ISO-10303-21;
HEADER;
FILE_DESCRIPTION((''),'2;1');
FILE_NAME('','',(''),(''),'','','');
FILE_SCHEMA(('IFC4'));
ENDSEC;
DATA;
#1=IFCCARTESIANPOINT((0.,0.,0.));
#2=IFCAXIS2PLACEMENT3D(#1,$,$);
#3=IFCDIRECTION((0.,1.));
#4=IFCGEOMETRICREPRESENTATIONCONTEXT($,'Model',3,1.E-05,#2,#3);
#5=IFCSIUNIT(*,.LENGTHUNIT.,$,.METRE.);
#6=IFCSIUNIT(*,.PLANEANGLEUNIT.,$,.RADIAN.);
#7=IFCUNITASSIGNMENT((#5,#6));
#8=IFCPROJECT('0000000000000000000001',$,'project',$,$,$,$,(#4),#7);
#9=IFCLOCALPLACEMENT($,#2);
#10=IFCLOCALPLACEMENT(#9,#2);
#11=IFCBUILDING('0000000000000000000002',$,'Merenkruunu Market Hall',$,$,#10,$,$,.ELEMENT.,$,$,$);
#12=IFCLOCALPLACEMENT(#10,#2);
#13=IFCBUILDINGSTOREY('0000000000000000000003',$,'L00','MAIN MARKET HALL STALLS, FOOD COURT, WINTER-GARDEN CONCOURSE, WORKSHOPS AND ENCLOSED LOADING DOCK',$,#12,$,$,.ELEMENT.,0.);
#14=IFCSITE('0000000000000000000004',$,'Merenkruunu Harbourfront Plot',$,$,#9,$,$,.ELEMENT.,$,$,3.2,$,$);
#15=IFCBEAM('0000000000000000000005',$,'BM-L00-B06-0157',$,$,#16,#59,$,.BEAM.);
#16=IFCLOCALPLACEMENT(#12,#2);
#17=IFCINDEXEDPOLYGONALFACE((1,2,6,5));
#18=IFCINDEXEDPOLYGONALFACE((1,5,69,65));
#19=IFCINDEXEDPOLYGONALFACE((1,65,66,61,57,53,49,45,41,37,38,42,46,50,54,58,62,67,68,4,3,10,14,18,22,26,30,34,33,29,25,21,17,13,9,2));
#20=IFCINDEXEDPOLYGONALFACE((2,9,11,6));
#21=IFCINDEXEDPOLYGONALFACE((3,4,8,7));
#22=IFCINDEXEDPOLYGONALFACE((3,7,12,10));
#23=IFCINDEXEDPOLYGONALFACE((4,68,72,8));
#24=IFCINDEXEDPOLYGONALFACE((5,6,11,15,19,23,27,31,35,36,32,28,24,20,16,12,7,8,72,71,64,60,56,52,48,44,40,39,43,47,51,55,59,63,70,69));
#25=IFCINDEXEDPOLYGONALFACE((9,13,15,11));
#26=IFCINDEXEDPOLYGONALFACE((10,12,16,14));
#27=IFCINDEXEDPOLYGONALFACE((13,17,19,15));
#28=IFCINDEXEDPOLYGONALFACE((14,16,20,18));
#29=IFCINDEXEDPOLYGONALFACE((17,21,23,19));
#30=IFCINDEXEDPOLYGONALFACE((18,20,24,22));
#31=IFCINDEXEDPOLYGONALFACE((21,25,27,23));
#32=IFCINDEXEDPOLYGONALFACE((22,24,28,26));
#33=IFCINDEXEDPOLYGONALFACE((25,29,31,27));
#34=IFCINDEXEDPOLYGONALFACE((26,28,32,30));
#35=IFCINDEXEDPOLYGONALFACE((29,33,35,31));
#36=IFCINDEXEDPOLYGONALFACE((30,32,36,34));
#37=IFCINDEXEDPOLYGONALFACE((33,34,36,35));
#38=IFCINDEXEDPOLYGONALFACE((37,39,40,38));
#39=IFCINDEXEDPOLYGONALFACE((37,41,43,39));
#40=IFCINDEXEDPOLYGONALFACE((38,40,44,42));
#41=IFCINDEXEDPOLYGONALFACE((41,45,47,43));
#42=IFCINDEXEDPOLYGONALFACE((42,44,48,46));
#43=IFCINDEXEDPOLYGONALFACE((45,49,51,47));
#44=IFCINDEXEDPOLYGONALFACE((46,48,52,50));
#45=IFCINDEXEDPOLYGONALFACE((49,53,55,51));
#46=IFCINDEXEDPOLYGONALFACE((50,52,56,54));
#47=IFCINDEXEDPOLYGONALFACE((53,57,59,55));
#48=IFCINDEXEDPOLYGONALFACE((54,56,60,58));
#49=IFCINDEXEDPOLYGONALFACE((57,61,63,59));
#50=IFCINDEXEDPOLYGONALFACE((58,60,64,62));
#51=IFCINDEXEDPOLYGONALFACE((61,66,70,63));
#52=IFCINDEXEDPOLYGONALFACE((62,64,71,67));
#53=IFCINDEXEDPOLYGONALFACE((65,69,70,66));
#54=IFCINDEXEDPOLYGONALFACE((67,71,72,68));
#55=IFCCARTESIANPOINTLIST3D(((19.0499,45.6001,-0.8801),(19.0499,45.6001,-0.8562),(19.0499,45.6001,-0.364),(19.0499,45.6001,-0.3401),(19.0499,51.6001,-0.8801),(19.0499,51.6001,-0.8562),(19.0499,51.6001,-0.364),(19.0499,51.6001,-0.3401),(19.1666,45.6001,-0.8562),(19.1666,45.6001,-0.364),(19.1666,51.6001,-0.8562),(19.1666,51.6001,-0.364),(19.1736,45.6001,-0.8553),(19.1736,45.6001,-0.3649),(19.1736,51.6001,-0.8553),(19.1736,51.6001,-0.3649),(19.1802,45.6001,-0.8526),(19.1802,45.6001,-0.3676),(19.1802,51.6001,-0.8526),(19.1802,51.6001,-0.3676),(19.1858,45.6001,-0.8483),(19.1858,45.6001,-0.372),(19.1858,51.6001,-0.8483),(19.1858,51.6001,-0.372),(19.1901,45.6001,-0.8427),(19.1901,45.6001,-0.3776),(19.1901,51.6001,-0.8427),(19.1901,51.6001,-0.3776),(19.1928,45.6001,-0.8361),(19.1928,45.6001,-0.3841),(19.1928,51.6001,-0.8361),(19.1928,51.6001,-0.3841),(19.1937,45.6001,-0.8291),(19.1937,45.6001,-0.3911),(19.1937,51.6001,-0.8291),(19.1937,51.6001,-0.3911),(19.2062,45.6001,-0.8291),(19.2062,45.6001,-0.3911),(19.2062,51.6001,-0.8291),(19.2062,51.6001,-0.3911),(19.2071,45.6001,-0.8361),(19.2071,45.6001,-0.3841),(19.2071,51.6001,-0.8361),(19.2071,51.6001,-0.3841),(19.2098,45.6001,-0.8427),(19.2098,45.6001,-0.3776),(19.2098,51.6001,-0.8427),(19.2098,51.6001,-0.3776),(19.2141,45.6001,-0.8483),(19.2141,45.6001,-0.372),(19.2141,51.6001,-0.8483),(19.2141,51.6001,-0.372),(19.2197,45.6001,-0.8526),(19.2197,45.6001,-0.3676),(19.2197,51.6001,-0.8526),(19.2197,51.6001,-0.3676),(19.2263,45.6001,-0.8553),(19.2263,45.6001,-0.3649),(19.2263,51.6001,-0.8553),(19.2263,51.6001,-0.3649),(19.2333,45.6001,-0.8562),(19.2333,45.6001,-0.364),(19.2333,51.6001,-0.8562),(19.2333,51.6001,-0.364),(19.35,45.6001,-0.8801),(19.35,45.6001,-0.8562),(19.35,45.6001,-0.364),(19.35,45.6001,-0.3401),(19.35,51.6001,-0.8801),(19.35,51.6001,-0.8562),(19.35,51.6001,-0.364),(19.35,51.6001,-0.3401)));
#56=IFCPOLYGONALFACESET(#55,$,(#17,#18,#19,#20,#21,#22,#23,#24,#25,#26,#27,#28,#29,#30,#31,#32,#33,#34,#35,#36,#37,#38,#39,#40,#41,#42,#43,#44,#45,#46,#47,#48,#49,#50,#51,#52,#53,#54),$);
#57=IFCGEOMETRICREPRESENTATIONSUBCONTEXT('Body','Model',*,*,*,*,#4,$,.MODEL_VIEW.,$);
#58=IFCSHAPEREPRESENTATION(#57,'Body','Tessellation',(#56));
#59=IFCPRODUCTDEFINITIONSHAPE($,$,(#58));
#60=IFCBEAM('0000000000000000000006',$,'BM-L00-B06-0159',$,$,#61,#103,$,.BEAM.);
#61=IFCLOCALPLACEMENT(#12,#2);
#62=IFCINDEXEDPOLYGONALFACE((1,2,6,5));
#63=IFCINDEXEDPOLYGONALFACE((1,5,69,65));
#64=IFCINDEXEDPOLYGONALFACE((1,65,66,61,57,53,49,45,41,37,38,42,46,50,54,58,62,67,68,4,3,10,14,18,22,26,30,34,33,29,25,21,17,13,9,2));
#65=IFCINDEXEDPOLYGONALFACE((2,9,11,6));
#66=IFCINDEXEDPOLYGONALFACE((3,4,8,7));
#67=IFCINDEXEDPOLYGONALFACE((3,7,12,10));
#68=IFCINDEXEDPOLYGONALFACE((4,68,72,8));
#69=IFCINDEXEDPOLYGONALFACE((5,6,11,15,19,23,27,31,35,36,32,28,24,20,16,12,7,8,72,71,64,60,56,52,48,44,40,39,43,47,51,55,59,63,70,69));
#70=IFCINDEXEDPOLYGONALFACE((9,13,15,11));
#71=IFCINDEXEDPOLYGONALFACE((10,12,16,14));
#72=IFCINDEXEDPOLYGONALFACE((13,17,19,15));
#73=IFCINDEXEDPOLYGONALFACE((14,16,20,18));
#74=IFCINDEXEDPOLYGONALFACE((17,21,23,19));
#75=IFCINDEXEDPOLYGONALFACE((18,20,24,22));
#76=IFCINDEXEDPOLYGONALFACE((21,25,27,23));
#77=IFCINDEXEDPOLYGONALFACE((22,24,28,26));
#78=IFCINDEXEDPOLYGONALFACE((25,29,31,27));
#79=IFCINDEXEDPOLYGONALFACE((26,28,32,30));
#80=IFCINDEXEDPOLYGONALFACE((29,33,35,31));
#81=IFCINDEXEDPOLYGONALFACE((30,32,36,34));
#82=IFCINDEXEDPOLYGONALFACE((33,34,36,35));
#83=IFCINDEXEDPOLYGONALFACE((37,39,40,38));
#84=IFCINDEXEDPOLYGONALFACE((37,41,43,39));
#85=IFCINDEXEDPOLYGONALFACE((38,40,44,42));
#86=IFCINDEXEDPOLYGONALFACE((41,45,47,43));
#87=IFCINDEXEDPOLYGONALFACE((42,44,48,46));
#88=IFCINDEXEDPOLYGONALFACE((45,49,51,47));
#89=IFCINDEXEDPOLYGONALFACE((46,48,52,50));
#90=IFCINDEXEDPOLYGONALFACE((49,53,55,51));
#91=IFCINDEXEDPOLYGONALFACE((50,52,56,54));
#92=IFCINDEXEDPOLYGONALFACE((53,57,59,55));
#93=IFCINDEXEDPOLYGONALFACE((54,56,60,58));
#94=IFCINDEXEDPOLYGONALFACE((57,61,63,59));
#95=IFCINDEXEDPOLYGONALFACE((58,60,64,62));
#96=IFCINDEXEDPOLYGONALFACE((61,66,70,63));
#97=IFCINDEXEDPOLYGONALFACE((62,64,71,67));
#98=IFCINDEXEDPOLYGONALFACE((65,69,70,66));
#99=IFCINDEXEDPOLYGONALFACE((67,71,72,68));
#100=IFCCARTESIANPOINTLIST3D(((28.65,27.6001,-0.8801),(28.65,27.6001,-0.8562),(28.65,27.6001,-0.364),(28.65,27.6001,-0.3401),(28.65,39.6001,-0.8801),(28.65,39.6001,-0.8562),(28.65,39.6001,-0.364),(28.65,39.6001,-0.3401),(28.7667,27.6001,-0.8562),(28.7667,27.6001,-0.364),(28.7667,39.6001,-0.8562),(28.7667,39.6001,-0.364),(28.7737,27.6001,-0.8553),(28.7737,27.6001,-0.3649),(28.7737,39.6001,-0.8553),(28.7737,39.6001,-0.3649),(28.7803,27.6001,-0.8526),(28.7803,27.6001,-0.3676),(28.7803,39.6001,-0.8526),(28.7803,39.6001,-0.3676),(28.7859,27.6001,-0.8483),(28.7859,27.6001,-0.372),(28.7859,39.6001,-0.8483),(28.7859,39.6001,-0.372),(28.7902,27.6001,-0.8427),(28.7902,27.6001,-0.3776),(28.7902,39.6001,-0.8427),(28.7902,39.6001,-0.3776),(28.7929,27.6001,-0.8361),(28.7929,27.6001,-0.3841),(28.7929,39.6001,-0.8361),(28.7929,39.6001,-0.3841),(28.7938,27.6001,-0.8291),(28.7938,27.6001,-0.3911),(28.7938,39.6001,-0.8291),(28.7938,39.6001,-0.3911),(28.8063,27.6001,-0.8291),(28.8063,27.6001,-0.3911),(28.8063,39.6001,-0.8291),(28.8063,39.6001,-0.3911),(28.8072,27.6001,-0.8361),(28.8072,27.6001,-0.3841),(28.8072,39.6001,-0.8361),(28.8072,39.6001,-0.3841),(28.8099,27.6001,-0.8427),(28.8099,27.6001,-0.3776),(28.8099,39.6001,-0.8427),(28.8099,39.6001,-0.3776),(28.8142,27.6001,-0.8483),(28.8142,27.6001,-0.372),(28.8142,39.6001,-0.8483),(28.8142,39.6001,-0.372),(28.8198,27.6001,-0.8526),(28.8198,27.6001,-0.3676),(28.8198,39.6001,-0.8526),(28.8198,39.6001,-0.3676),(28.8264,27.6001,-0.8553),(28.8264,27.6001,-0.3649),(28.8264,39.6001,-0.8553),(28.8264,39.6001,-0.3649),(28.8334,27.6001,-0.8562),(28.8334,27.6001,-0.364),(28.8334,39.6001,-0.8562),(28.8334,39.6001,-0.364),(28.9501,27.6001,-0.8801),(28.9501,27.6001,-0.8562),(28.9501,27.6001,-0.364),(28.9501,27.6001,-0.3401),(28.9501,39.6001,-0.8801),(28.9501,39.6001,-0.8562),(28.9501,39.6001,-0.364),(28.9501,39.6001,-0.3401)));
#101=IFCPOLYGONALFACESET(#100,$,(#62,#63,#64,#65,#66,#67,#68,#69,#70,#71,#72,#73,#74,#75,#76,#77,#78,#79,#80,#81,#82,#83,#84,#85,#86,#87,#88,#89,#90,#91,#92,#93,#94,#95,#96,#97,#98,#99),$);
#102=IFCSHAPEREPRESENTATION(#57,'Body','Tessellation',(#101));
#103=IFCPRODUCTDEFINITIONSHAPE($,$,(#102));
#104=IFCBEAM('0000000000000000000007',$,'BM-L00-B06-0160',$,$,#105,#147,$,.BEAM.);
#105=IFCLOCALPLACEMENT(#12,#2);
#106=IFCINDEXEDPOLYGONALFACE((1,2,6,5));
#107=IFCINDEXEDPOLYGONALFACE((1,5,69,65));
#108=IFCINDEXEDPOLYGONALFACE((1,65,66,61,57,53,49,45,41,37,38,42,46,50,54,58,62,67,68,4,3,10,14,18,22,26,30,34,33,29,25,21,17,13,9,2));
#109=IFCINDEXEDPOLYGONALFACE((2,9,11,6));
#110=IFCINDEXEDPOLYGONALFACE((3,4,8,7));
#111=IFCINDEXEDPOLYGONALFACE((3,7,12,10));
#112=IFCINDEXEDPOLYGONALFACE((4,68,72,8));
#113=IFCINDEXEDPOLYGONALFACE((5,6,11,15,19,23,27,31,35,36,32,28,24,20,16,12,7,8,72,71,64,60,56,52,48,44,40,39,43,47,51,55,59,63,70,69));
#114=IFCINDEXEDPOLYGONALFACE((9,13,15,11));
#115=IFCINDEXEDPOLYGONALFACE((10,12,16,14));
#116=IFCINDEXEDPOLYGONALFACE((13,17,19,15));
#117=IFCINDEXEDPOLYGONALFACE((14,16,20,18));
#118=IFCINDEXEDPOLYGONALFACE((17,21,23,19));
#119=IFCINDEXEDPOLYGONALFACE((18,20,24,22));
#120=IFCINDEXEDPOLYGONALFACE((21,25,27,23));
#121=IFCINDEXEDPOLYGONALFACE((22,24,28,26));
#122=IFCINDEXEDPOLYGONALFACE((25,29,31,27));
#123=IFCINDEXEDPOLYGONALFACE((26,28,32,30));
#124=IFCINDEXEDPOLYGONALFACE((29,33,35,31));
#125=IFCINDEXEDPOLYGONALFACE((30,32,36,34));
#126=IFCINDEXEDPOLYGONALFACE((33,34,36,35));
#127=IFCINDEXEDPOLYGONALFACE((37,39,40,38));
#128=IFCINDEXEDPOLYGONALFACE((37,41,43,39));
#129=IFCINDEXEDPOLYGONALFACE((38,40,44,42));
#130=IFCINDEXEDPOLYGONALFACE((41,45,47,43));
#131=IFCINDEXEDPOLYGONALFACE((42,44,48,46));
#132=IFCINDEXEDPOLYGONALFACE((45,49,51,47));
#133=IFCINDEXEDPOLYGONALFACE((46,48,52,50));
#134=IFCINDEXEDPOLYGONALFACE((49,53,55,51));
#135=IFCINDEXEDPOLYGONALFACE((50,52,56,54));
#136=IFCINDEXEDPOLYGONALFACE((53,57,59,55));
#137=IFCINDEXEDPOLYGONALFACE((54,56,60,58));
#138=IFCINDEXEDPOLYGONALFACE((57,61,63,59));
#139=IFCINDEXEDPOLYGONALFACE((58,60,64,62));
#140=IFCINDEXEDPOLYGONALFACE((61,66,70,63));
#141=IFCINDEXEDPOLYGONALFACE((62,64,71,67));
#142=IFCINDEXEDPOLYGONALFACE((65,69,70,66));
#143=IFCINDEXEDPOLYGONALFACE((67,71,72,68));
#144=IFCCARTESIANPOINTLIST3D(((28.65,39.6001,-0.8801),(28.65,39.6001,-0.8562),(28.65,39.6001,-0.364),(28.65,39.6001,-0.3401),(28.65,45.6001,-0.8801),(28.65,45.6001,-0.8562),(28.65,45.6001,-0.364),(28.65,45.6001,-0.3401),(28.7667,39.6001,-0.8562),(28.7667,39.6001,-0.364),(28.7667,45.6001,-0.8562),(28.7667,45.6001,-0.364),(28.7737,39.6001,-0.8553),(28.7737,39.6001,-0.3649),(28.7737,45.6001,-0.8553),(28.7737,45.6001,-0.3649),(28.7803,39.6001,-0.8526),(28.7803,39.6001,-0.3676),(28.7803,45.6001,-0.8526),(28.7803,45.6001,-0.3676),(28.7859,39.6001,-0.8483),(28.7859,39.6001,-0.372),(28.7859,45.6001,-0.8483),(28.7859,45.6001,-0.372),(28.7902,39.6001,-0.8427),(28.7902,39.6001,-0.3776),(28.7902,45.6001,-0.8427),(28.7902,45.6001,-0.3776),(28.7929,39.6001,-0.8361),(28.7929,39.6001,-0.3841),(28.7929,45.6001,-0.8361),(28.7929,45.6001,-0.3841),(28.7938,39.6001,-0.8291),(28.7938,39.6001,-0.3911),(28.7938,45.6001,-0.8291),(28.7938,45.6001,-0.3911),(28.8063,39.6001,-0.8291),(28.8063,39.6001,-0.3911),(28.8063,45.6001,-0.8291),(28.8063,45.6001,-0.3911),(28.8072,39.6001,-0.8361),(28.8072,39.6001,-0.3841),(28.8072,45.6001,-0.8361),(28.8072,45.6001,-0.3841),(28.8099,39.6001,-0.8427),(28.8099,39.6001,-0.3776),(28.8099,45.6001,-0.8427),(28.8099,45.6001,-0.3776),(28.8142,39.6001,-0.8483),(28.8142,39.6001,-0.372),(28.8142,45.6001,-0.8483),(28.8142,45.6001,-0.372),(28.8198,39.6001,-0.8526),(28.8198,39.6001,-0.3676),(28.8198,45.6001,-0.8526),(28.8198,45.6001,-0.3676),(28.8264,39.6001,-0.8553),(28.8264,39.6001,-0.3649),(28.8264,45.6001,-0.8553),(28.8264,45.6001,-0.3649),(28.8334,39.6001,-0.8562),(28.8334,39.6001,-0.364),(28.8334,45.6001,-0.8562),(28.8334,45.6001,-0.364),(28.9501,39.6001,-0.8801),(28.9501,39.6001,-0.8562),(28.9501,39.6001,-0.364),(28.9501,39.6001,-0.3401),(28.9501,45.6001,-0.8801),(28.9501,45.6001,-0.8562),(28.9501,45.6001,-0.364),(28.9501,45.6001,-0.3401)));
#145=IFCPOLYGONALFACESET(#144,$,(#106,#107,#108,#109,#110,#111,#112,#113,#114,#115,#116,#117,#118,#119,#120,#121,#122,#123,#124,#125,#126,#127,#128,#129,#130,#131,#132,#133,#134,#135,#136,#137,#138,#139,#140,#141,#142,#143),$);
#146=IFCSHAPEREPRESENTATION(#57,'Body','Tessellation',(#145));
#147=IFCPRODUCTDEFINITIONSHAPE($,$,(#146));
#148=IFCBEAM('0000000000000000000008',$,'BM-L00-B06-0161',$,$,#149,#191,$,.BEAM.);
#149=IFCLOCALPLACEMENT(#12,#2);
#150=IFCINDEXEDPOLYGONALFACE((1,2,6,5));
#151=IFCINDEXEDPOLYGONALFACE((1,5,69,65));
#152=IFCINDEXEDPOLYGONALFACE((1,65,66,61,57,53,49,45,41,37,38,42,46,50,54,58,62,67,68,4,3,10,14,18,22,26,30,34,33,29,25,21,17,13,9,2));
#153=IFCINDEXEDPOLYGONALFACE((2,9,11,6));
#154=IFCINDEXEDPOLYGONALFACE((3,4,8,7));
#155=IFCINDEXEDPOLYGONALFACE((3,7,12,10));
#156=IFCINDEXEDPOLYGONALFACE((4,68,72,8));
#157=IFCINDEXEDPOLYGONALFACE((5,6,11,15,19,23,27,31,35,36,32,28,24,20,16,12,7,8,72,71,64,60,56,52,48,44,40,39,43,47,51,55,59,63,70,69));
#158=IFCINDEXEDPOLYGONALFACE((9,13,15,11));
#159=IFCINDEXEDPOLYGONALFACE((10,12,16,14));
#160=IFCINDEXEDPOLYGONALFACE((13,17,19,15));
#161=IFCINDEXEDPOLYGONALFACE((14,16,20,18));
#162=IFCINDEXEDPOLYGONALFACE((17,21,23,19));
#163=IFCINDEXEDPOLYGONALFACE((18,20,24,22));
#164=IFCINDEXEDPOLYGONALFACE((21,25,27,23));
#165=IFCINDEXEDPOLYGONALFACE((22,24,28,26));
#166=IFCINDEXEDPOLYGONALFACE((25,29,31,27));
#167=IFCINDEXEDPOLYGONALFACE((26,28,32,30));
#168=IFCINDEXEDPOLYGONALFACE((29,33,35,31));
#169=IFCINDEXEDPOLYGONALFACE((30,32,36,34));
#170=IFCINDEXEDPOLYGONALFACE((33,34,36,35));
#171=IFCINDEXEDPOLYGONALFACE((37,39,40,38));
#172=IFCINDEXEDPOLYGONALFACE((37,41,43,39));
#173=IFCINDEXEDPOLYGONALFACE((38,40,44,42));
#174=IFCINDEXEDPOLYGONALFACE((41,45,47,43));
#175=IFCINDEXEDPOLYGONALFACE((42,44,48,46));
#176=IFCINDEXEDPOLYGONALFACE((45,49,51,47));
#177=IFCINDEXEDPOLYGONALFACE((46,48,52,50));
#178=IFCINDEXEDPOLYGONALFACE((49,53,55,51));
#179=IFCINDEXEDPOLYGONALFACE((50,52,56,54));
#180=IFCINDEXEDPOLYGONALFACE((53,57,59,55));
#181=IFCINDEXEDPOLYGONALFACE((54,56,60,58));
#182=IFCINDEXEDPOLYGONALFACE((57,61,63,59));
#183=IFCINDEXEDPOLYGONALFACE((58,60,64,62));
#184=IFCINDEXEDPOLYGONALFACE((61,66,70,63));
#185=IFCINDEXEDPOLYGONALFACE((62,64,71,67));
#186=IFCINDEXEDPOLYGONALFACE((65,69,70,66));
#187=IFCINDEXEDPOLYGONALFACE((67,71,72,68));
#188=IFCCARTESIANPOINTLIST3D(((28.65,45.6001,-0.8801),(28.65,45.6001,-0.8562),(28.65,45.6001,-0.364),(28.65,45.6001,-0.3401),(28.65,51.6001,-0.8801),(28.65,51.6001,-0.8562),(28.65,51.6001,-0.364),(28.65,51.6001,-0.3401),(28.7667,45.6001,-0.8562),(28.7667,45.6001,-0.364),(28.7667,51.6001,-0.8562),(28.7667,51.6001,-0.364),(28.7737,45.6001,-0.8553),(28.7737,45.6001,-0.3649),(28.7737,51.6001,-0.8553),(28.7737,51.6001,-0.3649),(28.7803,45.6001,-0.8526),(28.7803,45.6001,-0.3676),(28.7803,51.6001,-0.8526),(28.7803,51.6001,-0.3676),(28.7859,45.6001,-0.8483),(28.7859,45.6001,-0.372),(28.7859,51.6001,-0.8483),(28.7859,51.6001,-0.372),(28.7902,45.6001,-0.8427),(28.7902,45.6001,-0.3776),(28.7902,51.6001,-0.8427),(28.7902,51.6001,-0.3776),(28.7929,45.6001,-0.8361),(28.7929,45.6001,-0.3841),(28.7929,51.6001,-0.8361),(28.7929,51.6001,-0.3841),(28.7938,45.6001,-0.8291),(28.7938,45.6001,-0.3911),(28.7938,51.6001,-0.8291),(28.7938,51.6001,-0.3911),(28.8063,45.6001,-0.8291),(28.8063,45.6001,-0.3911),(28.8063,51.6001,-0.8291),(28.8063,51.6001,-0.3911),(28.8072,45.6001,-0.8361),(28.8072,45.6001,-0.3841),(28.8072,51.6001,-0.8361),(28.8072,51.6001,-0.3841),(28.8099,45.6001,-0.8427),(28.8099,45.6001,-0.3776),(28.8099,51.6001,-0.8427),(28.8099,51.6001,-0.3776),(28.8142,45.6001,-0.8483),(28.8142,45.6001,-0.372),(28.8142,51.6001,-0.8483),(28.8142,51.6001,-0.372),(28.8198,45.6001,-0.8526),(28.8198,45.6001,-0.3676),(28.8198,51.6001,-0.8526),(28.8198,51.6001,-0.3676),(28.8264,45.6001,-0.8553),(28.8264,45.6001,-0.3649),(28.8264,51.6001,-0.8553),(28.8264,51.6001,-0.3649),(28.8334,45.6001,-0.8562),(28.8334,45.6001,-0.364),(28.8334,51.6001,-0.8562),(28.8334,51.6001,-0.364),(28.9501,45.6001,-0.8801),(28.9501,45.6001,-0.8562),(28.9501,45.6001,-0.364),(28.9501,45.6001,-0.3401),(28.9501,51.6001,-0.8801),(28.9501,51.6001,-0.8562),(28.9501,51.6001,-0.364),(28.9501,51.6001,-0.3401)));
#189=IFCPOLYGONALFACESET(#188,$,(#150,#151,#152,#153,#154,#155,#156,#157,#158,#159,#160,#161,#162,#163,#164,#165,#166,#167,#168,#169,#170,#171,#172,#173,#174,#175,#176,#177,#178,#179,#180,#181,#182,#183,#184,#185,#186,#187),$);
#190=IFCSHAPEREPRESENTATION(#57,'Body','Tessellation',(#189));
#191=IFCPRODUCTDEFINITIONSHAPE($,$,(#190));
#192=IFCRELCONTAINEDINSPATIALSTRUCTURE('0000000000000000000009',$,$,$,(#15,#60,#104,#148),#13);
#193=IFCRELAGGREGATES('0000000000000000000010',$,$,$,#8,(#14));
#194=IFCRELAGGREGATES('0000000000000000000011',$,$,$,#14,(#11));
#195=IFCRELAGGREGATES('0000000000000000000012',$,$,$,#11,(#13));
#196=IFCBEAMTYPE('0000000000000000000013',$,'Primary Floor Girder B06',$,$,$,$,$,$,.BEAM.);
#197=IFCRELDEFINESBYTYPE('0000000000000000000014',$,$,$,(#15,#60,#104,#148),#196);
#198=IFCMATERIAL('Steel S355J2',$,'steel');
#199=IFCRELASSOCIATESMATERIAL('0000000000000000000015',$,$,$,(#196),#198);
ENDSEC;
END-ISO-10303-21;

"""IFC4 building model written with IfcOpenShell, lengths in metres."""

from ifc_helpers import new_model, si_unit, direction, frame, origin, origin_2d, place, context, subcontext, project, spatial, i_section, extrude, material, material_profile, profile_set, type_object, element, save


model = new_model("IFC4")

# Units and contexts
model_context = context("Model", 3, precision=1e-05, world=origin(), true_north=direction((0.0, 1.0)))
body_context = subcontext(model_context, "Body", "Model", "MODEL_VIEW")
ifc_project = project(units=[si_unit("LENGTHUNIT", "METRE"), si_unit("PLANEANGLEUNIT", "RADIAN")], contexts=[model_context])

# Site, building, storey
site_placement = place(None, origin())
site = spatial("IfcSite", under=ifc_project, at=site_placement, Name="Merenkruunu Harbourfront Plot", CompositionType="ELEMENT", RefElevation=3.2)
building_placement = place(site_placement, origin())
building = spatial("IfcBuilding", under=site, at=building_placement, Name="Merenkruunu Market Hall", CompositionType="ELEMENT")
storey_placement = place(building_placement, origin())
storey = spatial("IfcBuildingStorey", under=building, at=storey_placement, Name="L00", Description="MAIN MARKET HALL STALLS, FOOD COURT, WINTER-GARDEN CONCOURSE, WORKSHOPS AND ENCLOSED LOADING DOCK", CompositionType="ELEMENT", Elevation=0.0)

# Shared definitions
ifc_material_1 = material(Name="Steel S355J2", Category="steel")

# Beams
ifc_material_profile_1 = material_profile(ifc_material_1, i_section(OverallWidth=0.3, OverallDepth=0.54, WebThickness=0.0125, FlangeThickness=0.0239, FilletRadius=0.0271, at=origin_2d()), Name="HEA 550")
ifc_profile_set_1 = profile_set([ifc_material_profile_1], Name="Steel S355J2")
beam_type_1 = type_object("IfcBeamType", Name="Primary Floor Girder B06", PredefinedType="BEAM", material=ifc_profile_set_1)
for number, where, z_axis, x_axis, name in (
    (1, (19.2, 45.6001, -0.6101), (0.0, 1.0, 0.0), (-1.0, 0.0, 0.0), "BM-L00-B06-0157"),
):
    element("IfcBeam", number, at=place(storey_placement, frame(where, z_axis=z_axis, x_axis=x_axis)), inside=storey, type_object=beam_type_1, Name=name, PredefinedType="BEAM", context=body_context, shape_type="SweptSolid", body=[
        extrude(i_section(OverallWidth=0.3, OverallDepth=0.54, WebThickness=0.0125, FlangeThickness=0.0239, FilletRadius=0.0271, at=origin_2d()), origin(), (0.0, 0.0, 1.0), 6.0),
    ])
beam_1_placement = place(storey_placement, frame((28.8, 27.6001, -0.6101), z_axis=(0.0, 1.0, 0.0), x_axis=(-1.0, 0.0, 0.0)))
element("IfcBeam", 2, at=beam_1_placement, inside=storey, type_object=beam_type_1, Name="BM-L00-B06-0159", PredefinedType="BEAM", context=body_context, shape_type="SweptSolid", body=[
    extrude(i_section(OverallWidth=0.3, OverallDepth=0.54, WebThickness=0.0125, FlangeThickness=0.0239, FilletRadius=0.0271, at=origin_2d()), origin(), (0.0, 0.0, 1.0), 12.0),
])
for number, where, z_axis, x_axis, name in (
    (3, (28.8, 39.6001, -0.6101), (0.0, 1.0, 0.0), (-1.0, 0.0, 0.0), "BM-L00-B06-0160"),
    (4, (28.8, 45.6001, -0.6101), (0.0, 1.0, 0.0), (-1.0, 0.0, 0.0), "BM-L00-B06-0161"),
):
    element("IfcBeam", number, at=place(storey_placement, frame(where, z_axis=z_axis, x_axis=x_axis)), inside=storey, type_object=beam_type_1, Name=name, PredefinedType="BEAM", context=body_context, shape_type="SweptSolid", body=[
        extrude(i_section(OverallWidth=0.3, OverallDepth=0.54, WebThickness=0.0125, FlangeThickness=0.0239, FilletRadius=0.0271, at=origin_2d()), origin(), (0.0, 0.0, 1.0), 6.0),
    ])

save(model, "model.ifc")
